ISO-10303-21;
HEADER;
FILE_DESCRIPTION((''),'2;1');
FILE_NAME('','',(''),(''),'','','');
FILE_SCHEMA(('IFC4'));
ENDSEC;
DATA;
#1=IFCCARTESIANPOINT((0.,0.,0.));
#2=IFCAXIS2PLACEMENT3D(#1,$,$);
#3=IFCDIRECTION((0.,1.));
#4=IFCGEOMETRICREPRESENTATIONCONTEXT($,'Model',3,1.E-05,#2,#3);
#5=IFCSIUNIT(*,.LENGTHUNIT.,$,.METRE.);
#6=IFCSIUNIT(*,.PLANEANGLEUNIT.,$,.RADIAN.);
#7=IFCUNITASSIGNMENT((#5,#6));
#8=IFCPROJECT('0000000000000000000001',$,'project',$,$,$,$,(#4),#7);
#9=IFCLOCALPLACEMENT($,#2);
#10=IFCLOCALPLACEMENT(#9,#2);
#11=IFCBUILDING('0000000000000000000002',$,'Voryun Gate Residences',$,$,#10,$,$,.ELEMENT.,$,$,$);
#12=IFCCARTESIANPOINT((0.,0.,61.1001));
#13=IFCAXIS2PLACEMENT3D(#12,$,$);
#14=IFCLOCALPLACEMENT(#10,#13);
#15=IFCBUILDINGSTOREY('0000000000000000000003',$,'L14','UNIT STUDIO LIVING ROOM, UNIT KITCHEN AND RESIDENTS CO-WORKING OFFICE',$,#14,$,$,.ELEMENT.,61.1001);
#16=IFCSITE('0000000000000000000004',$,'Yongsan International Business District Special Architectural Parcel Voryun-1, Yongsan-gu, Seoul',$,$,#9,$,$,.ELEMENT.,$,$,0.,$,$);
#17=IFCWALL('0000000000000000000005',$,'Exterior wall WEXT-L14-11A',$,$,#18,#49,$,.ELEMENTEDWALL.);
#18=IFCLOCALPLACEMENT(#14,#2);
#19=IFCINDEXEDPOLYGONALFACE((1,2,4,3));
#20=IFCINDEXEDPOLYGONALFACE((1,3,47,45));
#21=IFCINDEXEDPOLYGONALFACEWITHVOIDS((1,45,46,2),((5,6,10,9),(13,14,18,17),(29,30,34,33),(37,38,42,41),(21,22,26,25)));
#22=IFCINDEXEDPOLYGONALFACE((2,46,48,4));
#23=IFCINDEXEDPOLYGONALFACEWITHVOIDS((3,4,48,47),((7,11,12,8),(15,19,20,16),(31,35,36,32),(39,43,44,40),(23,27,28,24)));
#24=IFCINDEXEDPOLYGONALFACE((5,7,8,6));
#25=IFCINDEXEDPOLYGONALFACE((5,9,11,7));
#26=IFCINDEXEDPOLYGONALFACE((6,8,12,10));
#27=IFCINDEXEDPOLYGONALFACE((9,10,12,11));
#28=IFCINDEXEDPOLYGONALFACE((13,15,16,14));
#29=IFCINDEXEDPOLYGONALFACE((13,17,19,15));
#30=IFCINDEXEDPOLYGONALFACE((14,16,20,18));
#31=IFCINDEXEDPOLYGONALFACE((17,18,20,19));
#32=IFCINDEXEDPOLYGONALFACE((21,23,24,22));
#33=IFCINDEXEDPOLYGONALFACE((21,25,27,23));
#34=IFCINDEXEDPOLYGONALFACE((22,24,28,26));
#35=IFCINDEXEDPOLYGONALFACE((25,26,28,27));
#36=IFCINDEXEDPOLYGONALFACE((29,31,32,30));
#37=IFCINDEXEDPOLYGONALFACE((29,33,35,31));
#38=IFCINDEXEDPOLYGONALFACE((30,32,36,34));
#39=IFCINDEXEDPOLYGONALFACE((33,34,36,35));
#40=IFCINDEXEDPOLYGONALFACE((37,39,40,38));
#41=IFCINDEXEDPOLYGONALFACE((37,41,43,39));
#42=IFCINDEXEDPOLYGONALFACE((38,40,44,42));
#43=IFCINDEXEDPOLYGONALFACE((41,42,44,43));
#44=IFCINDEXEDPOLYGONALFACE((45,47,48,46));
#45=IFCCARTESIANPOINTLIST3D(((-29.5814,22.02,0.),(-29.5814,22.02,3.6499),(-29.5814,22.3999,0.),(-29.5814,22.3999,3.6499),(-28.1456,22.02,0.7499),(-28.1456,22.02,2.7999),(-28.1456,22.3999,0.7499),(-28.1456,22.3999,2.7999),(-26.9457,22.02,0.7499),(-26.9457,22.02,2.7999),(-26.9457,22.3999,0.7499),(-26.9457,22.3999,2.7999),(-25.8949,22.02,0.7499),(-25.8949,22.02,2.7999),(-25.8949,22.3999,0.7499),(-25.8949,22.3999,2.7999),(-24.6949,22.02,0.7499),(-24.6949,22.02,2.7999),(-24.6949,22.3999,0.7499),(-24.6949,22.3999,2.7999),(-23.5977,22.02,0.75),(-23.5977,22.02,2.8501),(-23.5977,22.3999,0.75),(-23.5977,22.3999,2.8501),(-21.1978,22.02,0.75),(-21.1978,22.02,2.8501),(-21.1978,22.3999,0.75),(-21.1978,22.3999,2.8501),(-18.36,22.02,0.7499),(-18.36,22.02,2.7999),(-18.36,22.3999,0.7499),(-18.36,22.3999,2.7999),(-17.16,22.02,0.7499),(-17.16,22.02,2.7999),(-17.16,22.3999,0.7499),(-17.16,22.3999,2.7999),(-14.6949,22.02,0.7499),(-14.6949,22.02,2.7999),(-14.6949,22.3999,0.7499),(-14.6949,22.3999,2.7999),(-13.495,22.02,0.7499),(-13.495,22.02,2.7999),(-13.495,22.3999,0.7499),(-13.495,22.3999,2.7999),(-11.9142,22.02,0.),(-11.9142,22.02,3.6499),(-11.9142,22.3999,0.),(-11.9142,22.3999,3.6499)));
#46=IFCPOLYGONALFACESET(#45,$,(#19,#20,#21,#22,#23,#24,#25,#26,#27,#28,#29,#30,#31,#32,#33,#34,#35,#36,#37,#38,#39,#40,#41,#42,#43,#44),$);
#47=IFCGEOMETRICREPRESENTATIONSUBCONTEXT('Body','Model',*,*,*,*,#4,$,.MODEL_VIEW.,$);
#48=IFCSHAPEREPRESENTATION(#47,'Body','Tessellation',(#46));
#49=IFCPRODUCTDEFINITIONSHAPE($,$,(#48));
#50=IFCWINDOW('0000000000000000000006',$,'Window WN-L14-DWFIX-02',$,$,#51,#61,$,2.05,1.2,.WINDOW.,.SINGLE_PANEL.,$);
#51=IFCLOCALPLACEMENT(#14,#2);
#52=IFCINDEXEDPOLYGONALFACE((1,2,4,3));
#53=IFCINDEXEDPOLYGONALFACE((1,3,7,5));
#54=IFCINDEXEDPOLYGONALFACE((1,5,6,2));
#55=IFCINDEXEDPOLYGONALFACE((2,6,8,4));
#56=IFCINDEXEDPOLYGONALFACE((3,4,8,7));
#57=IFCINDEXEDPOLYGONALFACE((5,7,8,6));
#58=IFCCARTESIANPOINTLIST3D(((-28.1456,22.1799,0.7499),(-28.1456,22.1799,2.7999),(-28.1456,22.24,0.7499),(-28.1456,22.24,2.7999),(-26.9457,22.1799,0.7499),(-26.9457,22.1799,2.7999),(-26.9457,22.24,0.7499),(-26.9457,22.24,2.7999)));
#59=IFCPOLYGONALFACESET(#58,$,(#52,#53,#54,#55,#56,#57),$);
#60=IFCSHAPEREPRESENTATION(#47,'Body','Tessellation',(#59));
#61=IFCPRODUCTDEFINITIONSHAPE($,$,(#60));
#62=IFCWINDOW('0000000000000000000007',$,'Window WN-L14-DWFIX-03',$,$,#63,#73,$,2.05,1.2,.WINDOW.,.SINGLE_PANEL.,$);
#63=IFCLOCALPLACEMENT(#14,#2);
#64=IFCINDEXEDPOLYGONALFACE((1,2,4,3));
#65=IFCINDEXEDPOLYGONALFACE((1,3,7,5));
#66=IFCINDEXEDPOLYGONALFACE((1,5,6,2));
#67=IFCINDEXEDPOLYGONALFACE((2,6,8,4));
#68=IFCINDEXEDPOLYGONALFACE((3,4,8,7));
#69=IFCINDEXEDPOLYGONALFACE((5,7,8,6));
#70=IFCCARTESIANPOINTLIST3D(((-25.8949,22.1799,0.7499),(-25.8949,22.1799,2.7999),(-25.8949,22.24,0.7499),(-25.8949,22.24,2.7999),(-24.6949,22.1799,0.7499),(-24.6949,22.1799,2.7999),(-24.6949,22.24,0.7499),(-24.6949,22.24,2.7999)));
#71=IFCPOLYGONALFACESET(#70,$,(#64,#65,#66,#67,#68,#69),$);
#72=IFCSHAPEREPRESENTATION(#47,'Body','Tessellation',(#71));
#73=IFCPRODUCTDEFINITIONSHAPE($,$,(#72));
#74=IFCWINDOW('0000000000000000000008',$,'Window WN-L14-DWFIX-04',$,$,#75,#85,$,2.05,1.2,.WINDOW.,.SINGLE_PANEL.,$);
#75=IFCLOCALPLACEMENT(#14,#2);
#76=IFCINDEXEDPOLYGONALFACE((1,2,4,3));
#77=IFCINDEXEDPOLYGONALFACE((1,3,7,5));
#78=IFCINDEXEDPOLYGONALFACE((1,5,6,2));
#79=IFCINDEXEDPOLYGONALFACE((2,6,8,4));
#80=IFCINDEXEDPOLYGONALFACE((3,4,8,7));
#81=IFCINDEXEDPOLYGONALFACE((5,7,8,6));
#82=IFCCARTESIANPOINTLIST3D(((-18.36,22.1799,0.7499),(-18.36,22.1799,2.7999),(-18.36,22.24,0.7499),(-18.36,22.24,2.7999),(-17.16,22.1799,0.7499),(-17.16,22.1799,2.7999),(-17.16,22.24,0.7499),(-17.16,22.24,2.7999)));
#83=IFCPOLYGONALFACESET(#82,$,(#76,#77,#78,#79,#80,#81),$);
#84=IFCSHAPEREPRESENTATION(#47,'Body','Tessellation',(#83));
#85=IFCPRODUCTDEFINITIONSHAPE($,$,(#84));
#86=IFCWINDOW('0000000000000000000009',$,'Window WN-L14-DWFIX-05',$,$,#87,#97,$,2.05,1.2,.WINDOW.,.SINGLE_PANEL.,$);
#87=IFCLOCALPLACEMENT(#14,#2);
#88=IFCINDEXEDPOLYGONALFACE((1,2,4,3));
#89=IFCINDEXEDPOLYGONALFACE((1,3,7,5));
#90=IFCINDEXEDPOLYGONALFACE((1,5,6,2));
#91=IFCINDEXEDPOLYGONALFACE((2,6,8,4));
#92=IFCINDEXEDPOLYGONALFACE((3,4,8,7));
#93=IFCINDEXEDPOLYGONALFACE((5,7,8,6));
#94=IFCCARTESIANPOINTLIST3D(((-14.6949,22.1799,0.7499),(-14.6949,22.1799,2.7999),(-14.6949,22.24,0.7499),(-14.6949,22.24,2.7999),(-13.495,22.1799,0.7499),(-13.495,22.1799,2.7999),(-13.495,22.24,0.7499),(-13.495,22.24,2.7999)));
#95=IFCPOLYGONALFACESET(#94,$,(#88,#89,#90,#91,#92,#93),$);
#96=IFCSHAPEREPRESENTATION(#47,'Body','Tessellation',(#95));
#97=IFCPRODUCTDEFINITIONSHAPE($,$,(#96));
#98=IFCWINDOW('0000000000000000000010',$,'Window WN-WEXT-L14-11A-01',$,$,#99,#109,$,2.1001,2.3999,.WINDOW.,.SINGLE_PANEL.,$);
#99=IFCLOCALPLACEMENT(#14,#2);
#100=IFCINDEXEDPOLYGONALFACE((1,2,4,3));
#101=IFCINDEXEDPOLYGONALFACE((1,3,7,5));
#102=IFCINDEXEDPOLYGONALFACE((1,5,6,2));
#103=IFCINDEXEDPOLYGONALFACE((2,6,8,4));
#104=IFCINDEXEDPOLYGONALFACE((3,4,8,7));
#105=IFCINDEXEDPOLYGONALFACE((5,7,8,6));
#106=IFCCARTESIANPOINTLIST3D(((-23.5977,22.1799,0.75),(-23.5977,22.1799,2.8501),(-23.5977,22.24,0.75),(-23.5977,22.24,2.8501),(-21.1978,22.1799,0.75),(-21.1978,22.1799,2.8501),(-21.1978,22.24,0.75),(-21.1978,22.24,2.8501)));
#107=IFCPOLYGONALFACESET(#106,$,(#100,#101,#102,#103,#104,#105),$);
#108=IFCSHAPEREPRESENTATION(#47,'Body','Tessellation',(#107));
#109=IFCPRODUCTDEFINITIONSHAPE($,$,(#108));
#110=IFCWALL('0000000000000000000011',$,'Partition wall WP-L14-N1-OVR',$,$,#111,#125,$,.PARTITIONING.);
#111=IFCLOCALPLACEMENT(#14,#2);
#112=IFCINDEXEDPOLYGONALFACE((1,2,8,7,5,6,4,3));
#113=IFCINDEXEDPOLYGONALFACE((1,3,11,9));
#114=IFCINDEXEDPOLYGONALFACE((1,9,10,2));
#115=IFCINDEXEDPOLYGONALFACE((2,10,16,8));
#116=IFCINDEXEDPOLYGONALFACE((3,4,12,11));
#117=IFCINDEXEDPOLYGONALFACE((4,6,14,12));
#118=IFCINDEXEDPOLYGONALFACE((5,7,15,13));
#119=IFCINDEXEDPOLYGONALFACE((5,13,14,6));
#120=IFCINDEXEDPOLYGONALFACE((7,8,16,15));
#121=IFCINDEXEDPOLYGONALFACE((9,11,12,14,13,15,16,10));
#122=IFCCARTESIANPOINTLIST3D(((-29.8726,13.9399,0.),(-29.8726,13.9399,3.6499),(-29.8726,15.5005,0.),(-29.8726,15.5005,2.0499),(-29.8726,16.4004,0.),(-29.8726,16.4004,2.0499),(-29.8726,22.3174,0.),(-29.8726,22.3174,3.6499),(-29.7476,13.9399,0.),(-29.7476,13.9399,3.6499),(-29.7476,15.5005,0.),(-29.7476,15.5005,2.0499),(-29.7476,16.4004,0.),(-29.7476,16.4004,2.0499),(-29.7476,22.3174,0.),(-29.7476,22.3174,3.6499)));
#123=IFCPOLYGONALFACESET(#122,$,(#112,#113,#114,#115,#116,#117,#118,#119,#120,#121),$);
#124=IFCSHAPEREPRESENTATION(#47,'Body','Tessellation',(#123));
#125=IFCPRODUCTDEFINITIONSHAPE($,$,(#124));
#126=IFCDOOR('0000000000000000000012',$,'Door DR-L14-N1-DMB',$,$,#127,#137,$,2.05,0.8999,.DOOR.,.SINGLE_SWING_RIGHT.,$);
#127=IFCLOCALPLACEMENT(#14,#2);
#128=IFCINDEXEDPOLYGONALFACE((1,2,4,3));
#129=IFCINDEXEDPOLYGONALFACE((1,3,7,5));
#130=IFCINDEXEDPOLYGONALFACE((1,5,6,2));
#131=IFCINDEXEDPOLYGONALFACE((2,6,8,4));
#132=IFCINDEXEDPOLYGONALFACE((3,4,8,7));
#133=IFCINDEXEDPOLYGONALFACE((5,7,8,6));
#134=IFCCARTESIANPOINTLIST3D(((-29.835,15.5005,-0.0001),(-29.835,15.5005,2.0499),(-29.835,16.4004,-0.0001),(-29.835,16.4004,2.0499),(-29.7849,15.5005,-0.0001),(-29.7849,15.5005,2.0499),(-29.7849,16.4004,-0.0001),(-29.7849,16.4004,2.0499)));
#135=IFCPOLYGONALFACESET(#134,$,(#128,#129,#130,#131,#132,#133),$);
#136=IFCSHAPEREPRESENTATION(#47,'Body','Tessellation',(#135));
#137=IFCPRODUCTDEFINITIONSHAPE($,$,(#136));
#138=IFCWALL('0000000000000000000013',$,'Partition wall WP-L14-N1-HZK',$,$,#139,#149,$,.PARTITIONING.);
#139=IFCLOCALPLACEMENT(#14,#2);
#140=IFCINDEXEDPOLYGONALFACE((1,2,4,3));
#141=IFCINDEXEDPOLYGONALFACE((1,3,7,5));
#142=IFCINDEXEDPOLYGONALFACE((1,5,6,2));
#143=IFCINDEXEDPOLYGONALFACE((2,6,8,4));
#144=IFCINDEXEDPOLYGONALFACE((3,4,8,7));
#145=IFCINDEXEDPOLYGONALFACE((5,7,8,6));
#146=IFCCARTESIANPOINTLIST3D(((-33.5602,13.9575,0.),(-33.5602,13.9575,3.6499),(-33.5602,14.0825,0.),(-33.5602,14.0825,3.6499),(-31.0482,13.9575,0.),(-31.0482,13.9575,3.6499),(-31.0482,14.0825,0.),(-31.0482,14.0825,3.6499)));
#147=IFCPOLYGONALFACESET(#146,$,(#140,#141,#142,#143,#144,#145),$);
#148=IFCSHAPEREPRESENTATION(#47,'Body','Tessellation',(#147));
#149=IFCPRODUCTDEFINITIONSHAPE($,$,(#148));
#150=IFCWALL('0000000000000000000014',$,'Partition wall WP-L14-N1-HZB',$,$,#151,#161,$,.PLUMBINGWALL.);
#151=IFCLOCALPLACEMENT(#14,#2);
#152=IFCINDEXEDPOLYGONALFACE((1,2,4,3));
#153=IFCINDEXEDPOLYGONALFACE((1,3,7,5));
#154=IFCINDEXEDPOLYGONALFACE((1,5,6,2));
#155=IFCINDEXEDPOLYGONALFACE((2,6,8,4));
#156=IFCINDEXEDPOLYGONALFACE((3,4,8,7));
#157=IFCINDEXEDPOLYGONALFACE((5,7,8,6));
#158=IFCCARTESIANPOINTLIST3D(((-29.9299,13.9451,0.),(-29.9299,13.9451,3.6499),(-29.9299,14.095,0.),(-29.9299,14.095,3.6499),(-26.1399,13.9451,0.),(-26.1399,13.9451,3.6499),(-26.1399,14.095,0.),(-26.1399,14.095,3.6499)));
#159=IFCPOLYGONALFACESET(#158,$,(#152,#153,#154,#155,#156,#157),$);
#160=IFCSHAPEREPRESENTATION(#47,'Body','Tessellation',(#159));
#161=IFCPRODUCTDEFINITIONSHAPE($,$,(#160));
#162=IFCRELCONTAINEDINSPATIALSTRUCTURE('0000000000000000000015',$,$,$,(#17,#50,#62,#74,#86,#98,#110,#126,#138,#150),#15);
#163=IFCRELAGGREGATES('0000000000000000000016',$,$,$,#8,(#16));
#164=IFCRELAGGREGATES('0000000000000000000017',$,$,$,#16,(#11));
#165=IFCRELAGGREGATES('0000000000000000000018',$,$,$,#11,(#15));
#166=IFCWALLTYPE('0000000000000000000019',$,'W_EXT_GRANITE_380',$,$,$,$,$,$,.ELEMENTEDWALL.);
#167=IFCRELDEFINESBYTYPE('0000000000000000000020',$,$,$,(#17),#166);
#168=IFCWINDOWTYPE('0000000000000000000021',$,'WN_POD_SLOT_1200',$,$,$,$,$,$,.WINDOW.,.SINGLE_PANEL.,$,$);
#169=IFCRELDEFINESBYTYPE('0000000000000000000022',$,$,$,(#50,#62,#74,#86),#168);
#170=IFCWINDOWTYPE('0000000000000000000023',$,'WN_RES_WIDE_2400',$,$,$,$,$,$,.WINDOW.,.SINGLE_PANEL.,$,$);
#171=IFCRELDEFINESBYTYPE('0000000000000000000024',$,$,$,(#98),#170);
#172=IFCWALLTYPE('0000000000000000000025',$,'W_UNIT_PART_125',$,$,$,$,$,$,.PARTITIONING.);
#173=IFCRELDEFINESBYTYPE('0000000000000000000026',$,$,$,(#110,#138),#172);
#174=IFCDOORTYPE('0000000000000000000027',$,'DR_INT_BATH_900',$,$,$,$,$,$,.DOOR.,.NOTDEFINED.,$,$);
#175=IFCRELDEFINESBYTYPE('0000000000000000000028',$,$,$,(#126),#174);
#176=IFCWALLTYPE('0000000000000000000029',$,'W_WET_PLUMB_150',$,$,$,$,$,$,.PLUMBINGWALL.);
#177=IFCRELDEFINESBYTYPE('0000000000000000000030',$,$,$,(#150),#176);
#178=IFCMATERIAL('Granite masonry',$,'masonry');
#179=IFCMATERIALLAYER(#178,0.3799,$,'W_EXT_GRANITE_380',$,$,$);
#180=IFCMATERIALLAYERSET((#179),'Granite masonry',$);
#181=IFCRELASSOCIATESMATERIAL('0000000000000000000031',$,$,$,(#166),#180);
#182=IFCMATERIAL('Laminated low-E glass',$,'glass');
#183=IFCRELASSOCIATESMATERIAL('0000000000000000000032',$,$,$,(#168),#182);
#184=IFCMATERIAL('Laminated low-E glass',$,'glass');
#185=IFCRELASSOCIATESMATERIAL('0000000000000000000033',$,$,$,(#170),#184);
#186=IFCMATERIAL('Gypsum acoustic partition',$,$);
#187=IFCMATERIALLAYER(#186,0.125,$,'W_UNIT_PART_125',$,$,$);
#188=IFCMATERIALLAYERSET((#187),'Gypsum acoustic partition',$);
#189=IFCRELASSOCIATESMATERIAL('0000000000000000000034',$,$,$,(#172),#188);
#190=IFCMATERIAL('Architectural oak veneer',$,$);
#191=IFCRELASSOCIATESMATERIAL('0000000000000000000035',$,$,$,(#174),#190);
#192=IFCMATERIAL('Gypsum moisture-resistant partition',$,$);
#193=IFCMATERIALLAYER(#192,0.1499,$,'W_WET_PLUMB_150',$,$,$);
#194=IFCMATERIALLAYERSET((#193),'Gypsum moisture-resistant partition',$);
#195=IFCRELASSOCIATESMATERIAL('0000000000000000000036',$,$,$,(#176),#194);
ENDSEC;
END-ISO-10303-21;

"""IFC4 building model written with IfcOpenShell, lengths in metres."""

from ifc_helpers import new_model, si_unit, direction, frame, frame_2d, origin, place, context, subcontext, project, spatial, rectangle, extrude, material, layer, layer_set, type_object, element, fill, save


model = new_model("IFC4")

# Units and contexts
model_context = context("Model", 3, precision=1e-05, world=origin(), true_north=direction((0.0, 1.0)))
body_context = subcontext(model_context, "Body", "Model", "MODEL_VIEW")
ifc_project = project(units=[si_unit("LENGTHUNIT", "METRE"), si_unit("PLANEANGLEUNIT", "RADIAN")], contexts=[model_context])

# Site, building, storey
site_placement = place(None, origin())
site = spatial("IfcSite", under=ifc_project, at=site_placement, Name="Yongsan International Business District Special Architectural Parcel Voryun-1, Yongsan-gu, Seoul", CompositionType="ELEMENT", RefElevation=0.0)
building_placement = place(site_placement, origin())
building = spatial("IfcBuilding", under=site, at=building_placement, Name="Voryun Gate Residences", CompositionType="ELEMENT")
storey_placement = place(building_placement, frame((0.0, 0.0, 61.1001)))
storey = spatial("IfcBuildingStorey", under=building, at=storey_placement, Name="L14", Description="UNIT STUDIO LIVING ROOM, UNIT KITCHEN AND RESIDENTS CO-WORKING OFFICE", CompositionType="ELEMENT", Elevation=61.1001)

# Shared definitions
ifc_material_1 = material(Name="Granite masonry", Category="masonry")
ifc_layer_1 = layer(ifc_material_1, 0.3799, Name="W_EXT_GRANITE_380")
ifc_layer_set_1 = layer_set([ifc_layer_1], Name="Granite masonry")
wall_type_1 = type_object("IfcWallType", Name="W_EXT_GRANITE_380", PredefinedType="ELEMENTEDWALL", material=ifc_layer_set_1)

# Wall, openings, windows
wall_1_placement = place(storey_placement, frame((-29.5813, 22.21, 0.0), z_axis=(0.0, 0.0, 1.0), x_axis=(1.0, 0.0, 0.0)))
wall_1 = element("IfcWall", 1, at=wall_1_placement, inside=storey, type_object=wall_type_1, Name="Exterior wall WEXT-L14-11A", PredefinedType="ELEMENTEDWALL", context=body_context, shape_type="SweptSolid", body=[
    extrude(rectangle(XDim=17.6672, YDim=0.3799, at=frame_2d((8.8335, 0.0))), origin(), (0.0, 0.0, 1.0), 3.6499),
])
opening_1_placement = place(wall_1_placement, frame((5.9836, 0.0, 0.75)))
opening_1 = element("IfcOpeningElement", 2, at=opening_1_placement, cuts=wall_1, PredefinedType="OPENING", context=body_context, shape_type="SweptSolid", body=[
    extrude(rectangle(XDim=2.3999, YDim=2.1001, at=frame_2d((1.2, 1.05))), frame((0.0, 0.2, 0.0), z_axis=(0.0, -1.0, 0.0), x_axis=(1.0, 0.0, 0.0)), (0.0, 0.0, 1.0), 0.3999),
])
opening_2_placement = place(wall_1_placement, frame((1.4355, 0.0, 0.75)))
opening_2 = element("IfcOpeningElement", 3, at=opening_2_placement, cuts=wall_1, PredefinedType="OPENING", context=body_context, shape_type="SweptSolid", body=[
    extrude(rectangle(XDim=1.2, YDim=2.05, at=frame_2d((0.6001, 1.0249))), frame((0.0, 0.2, 0.0), z_axis=(0.0, -1.0, 0.0), x_axis=(1.0, 0.0, 0.0)), (0.0, 0.0, 1.0), 0.3999),
])
opening_3_placement = place(wall_1_placement, frame((3.6863, 0.0, 0.75)))
opening_3 = element("IfcOpeningElement", 4, at=opening_3_placement, cuts=wall_1, PredefinedType="OPENING", context=body_context, shape_type="SweptSolid", body=[
    extrude(rectangle(XDim=1.2, YDim=2.05, at=frame_2d((0.6001, 1.0249))), frame((0.0, 0.2, 0.0), z_axis=(0.0, -1.0, 0.0), x_axis=(1.0, 0.0, 0.0)), (0.0, 0.0, 1.0), 0.3999),
])
opening_4_placement = place(wall_1_placement, frame((11.2212, 0.0, 0.75)))
opening_4 = element("IfcOpeningElement", 5, at=opening_4_placement, cuts=wall_1, PredefinedType="OPENING", context=body_context, shape_type="SweptSolid", body=[
    extrude(rectangle(XDim=1.2, YDim=2.05, at=frame_2d((0.6001, 1.0249))), frame((0.0, 0.2, 0.0), z_axis=(0.0, -1.0, 0.0), x_axis=(1.0, 0.0, 0.0)), (0.0, 0.0, 1.0), 0.3999),
])
opening_5_placement = place(wall_1_placement, frame((14.8862, 0.0, 0.75)))
opening_5 = element("IfcOpeningElement", 6, at=opening_5_placement, cuts=wall_1, PredefinedType="OPENING", context=body_context, shape_type="SweptSolid", body=[
    extrude(rectangle(XDim=1.2, YDim=2.05, at=frame_2d((0.6001, 1.0249))), frame((0.0, 0.2, 0.0), z_axis=(0.0, -1.0, 0.0), x_axis=(1.0, 0.0, 0.0)), (0.0, 0.0, 1.0), 0.3999),
])
ifc_material_2 = material(Name="Laminated low-E glass", Category="glass")
window_type_1 = type_object("IfcWindowType", Name="WN_POD_SLOT_1200", PartitioningType="SINGLE_PANEL", PredefinedType="WINDOW", material=ifc_material_2)
window_1_placement = place(opening_2_placement, origin())
window_1 = element("IfcWindow", 7, at=window_1_placement, inside=storey, type_object=window_type_1, Name="Window WN-L14-DWFIX-02", OverallHeight=2.05, OverallWidth=1.2, PartitioningType="SINGLE_PANEL", PredefinedType="WINDOW", context=body_context, shape_type="SweptSolid", body=[
    extrude(rectangle(XDim=1.2, YDim=2.05, at=frame_2d((0.6001, 1.0249))), frame((0.0, 0.03, 0.0), z_axis=(0.0, -1.0, 0.0), x_axis=(1.0, 0.0, 0.0)), (0.0, 0.0, 1.0), 0.0601),
])
fill(opening_2, window_1)
window_2_placement = place(opening_3_placement, origin())
window_2 = element("IfcWindow", 8, at=window_2_placement, inside=storey, type_object=window_type_1, Name="Window WN-L14-DWFIX-03", OverallHeight=2.05, OverallWidth=1.2, PartitioningType="SINGLE_PANEL", PredefinedType="WINDOW", context=body_context, shape_type="SweptSolid", body=[
    extrude(rectangle(XDim=1.2, YDim=2.05, at=frame_2d((0.6001, 1.0249))), frame((0.0, 0.03, 0.0), z_axis=(0.0, -1.0, 0.0), x_axis=(1.0, 0.0, 0.0)), (0.0, 0.0, 1.0), 0.0601),
])
fill(opening_3, window_2)
window_3_placement = place(opening_4_placement, origin())
window_3 = element("IfcWindow", 9, at=window_3_placement, inside=storey, type_object=window_type_1, Name="Window WN-L14-DWFIX-04", OverallHeight=2.05, OverallWidth=1.2, PartitioningType="SINGLE_PANEL", PredefinedType="WINDOW", context=body_context, shape_type="SweptSolid", body=[
    extrude(rectangle(XDim=1.2, YDim=2.05, at=frame_2d((0.6001, 1.0249))), frame((0.0, 0.03, 0.0), z_axis=(0.0, -1.0, 0.0), x_axis=(1.0, 0.0, 0.0)), (0.0, 0.0, 1.0), 0.0601),
])
fill(opening_4, window_3)
window_4_placement = place(opening_5_placement, origin())
window_4 = element("IfcWindow", 10, at=window_4_placement, inside=storey, type_object=window_type_1, Name="Window WN-L14-DWFIX-05", OverallHeight=2.05, OverallWidth=1.2, PartitioningType="SINGLE_PANEL", PredefinedType="WINDOW", context=body_context, shape_type="SweptSolid", body=[
    extrude(rectangle(XDim=1.2, YDim=2.05, at=frame_2d((0.6001, 1.0249))), frame((0.0, 0.03, 0.0), z_axis=(0.0, -1.0, 0.0), x_axis=(1.0, 0.0, 0.0)), (0.0, 0.0, 1.0), 0.0601),
])
fill(opening_5, window_4)
ifc_material_3 = material(Name="Laminated low-E glass", Category="glass")
window_type_2 = type_object("IfcWindowType", Name="WN_RES_WIDE_2400", PartitioningType="SINGLE_PANEL", PredefinedType="WINDOW", material=ifc_material_3)
window_5_placement = place(opening_1_placement, origin())
window_5 = element("IfcWindow", 11, at=window_5_placement, inside=storey, type_object=window_type_2, Name="Window WN-WEXT-L14-11A-01", OverallHeight=2.1001, OverallWidth=2.3999, PartitioningType="SINGLE_PANEL", PredefinedType="WINDOW", context=body_context, shape_type="SweptSolid", body=[
    extrude(rectangle(XDim=2.3999, YDim=2.1001, at=frame_2d((1.2, 1.05))), frame((0.0, 0.03, 0.0), z_axis=(0.0, -1.0, 0.0), x_axis=(1.0, 0.0, 0.0)), (0.0, 0.0, 1.0), 0.0601),
])
fill(opening_1, window_5)

# Wall, opening, door
ifc_material_4 = material(Name="Gypsum acoustic partition")
ifc_layer_2 = layer(ifc_material_4, 0.125, Name="W_UNIT_PART_125")
ifc_layer_set_2 = layer_set([ifc_layer_2], Name="Gypsum acoustic partition")
wall_type_2 = type_object("IfcWallType", Name="W_UNIT_PART_125", PredefinedType="PARTITIONING", material=ifc_layer_set_2)
wall_2_placement = place(storey_placement, frame((-29.8101, 13.9399, 0.0), z_axis=(0.0, 0.0, 1.0), x_axis=(0.0, 1.0, 0.0)))
wall_2 = element("IfcWall", 12, at=wall_2_placement, inside=storey, type_object=wall_type_2, Name="Partition wall WP-L14-N1-OVR", PredefinedType="PARTITIONING", context=body_context, shape_type="SweptSolid", body=[
    extrude(rectangle(XDim=8.3774, YDim=0.125, at=frame_2d((4.1887, 0.0))), origin(), (0.0, 0.0, 1.0), 3.6499),
])
opening_6_placement = place(wall_2_placement, frame((1.5605, 0.0, 0.0)))
opening_6 = element("IfcOpeningElement", 13, at=opening_6_placement, cuts=wall_2, PredefinedType="OPENING", context=body_context, shape_type="SweptSolid", body=[
    extrude(rectangle(XDim=0.8999, YDim=2.05, at=frame_2d((0.45, 1.0249))), frame((0.0, 0.0725, 0.0), z_axis=(0.0, -1.0, 0.0), x_axis=(1.0, 0.0, 0.0)), (0.0, 0.0, 1.0), 0.145),
])
ifc_material_5 = material(Name="Architectural oak veneer")
door_type = type_object("IfcDoorType", Name="DR_INT_BATH_900", OperationType="NOTDEFINED", PredefinedType="DOOR", material=ifc_material_5)
door_1_placement = place(opening_6_placement, origin())
door_1 = element("IfcDoor", 14, at=door_1_placement, inside=storey, type_object=door_type, Name="Door DR-L14-N1-DMB", OperationType="SINGLE_SWING_RIGHT", OverallHeight=2.05, OverallWidth=0.8999, PredefinedType="DOOR", context=body_context, shape_type="SweptSolid", body=[
    extrude(rectangle(XDim=0.8999, YDim=2.05, at=frame_2d((0.45, 1.0249))), frame((0.0, 0.0249, 0.0), z_axis=(0.0, -1.0, 0.0), x_axis=(1.0, 0.0, 0.0)), (0.0, 0.0, 1.0), 0.05),
])
fill(opening_6, door_1)

# Walls
wall_3_placement = place(storey_placement, frame((-33.5601, 14.02, 0.0), z_axis=(0.0, 0.0, 1.0), x_axis=(1.0, 0.0, 0.0)))
element("IfcWall", 15, at=wall_3_placement, inside=storey, type_object=wall_type_2, Name="Partition wall WP-L14-N1-HZK", PredefinedType="PARTITIONING", context=body_context, shape_type="SweptSolid", body=[
    extrude(rectangle(XDim=2.512, YDim=0.125, at=frame_2d((1.2559, 0.0))), origin(), (0.0, 0.0, 1.0), 3.6499),
])
ifc_material_6 = material(Name="Gypsum moisture-resistant partition")
ifc_layer_3 = layer(ifc_material_6, 0.1499, Name="W_WET_PLUMB_150")
ifc_layer_set_3 = layer_set([ifc_layer_3], Name="Gypsum moisture-resistant partition")
wall_type_3 = type_object("IfcWallType", Name="W_WET_PLUMB_150", PredefinedType="PLUMBINGWALL", material=ifc_layer_set_3)
wall_4_placement = place(storey_placement, frame((-29.9299, 14.02, 0.0), z_axis=(0.0, 0.0, 1.0), x_axis=(1.0, 0.0, 0.0)))
element("IfcWall", 16, at=wall_4_placement, inside=storey, type_object=wall_type_3, Name="Partition wall WP-L14-N1-HZB", PredefinedType="PLUMBINGWALL", context=body_context, shape_type="SweptSolid", body=[
    extrude(rectangle(XDim=3.79, YDim=0.1499, at=frame_2d((1.895, 0.0))), origin(), (0.0, 0.0, 1.0), 3.6499),
])

save(model, "model.ifc")
